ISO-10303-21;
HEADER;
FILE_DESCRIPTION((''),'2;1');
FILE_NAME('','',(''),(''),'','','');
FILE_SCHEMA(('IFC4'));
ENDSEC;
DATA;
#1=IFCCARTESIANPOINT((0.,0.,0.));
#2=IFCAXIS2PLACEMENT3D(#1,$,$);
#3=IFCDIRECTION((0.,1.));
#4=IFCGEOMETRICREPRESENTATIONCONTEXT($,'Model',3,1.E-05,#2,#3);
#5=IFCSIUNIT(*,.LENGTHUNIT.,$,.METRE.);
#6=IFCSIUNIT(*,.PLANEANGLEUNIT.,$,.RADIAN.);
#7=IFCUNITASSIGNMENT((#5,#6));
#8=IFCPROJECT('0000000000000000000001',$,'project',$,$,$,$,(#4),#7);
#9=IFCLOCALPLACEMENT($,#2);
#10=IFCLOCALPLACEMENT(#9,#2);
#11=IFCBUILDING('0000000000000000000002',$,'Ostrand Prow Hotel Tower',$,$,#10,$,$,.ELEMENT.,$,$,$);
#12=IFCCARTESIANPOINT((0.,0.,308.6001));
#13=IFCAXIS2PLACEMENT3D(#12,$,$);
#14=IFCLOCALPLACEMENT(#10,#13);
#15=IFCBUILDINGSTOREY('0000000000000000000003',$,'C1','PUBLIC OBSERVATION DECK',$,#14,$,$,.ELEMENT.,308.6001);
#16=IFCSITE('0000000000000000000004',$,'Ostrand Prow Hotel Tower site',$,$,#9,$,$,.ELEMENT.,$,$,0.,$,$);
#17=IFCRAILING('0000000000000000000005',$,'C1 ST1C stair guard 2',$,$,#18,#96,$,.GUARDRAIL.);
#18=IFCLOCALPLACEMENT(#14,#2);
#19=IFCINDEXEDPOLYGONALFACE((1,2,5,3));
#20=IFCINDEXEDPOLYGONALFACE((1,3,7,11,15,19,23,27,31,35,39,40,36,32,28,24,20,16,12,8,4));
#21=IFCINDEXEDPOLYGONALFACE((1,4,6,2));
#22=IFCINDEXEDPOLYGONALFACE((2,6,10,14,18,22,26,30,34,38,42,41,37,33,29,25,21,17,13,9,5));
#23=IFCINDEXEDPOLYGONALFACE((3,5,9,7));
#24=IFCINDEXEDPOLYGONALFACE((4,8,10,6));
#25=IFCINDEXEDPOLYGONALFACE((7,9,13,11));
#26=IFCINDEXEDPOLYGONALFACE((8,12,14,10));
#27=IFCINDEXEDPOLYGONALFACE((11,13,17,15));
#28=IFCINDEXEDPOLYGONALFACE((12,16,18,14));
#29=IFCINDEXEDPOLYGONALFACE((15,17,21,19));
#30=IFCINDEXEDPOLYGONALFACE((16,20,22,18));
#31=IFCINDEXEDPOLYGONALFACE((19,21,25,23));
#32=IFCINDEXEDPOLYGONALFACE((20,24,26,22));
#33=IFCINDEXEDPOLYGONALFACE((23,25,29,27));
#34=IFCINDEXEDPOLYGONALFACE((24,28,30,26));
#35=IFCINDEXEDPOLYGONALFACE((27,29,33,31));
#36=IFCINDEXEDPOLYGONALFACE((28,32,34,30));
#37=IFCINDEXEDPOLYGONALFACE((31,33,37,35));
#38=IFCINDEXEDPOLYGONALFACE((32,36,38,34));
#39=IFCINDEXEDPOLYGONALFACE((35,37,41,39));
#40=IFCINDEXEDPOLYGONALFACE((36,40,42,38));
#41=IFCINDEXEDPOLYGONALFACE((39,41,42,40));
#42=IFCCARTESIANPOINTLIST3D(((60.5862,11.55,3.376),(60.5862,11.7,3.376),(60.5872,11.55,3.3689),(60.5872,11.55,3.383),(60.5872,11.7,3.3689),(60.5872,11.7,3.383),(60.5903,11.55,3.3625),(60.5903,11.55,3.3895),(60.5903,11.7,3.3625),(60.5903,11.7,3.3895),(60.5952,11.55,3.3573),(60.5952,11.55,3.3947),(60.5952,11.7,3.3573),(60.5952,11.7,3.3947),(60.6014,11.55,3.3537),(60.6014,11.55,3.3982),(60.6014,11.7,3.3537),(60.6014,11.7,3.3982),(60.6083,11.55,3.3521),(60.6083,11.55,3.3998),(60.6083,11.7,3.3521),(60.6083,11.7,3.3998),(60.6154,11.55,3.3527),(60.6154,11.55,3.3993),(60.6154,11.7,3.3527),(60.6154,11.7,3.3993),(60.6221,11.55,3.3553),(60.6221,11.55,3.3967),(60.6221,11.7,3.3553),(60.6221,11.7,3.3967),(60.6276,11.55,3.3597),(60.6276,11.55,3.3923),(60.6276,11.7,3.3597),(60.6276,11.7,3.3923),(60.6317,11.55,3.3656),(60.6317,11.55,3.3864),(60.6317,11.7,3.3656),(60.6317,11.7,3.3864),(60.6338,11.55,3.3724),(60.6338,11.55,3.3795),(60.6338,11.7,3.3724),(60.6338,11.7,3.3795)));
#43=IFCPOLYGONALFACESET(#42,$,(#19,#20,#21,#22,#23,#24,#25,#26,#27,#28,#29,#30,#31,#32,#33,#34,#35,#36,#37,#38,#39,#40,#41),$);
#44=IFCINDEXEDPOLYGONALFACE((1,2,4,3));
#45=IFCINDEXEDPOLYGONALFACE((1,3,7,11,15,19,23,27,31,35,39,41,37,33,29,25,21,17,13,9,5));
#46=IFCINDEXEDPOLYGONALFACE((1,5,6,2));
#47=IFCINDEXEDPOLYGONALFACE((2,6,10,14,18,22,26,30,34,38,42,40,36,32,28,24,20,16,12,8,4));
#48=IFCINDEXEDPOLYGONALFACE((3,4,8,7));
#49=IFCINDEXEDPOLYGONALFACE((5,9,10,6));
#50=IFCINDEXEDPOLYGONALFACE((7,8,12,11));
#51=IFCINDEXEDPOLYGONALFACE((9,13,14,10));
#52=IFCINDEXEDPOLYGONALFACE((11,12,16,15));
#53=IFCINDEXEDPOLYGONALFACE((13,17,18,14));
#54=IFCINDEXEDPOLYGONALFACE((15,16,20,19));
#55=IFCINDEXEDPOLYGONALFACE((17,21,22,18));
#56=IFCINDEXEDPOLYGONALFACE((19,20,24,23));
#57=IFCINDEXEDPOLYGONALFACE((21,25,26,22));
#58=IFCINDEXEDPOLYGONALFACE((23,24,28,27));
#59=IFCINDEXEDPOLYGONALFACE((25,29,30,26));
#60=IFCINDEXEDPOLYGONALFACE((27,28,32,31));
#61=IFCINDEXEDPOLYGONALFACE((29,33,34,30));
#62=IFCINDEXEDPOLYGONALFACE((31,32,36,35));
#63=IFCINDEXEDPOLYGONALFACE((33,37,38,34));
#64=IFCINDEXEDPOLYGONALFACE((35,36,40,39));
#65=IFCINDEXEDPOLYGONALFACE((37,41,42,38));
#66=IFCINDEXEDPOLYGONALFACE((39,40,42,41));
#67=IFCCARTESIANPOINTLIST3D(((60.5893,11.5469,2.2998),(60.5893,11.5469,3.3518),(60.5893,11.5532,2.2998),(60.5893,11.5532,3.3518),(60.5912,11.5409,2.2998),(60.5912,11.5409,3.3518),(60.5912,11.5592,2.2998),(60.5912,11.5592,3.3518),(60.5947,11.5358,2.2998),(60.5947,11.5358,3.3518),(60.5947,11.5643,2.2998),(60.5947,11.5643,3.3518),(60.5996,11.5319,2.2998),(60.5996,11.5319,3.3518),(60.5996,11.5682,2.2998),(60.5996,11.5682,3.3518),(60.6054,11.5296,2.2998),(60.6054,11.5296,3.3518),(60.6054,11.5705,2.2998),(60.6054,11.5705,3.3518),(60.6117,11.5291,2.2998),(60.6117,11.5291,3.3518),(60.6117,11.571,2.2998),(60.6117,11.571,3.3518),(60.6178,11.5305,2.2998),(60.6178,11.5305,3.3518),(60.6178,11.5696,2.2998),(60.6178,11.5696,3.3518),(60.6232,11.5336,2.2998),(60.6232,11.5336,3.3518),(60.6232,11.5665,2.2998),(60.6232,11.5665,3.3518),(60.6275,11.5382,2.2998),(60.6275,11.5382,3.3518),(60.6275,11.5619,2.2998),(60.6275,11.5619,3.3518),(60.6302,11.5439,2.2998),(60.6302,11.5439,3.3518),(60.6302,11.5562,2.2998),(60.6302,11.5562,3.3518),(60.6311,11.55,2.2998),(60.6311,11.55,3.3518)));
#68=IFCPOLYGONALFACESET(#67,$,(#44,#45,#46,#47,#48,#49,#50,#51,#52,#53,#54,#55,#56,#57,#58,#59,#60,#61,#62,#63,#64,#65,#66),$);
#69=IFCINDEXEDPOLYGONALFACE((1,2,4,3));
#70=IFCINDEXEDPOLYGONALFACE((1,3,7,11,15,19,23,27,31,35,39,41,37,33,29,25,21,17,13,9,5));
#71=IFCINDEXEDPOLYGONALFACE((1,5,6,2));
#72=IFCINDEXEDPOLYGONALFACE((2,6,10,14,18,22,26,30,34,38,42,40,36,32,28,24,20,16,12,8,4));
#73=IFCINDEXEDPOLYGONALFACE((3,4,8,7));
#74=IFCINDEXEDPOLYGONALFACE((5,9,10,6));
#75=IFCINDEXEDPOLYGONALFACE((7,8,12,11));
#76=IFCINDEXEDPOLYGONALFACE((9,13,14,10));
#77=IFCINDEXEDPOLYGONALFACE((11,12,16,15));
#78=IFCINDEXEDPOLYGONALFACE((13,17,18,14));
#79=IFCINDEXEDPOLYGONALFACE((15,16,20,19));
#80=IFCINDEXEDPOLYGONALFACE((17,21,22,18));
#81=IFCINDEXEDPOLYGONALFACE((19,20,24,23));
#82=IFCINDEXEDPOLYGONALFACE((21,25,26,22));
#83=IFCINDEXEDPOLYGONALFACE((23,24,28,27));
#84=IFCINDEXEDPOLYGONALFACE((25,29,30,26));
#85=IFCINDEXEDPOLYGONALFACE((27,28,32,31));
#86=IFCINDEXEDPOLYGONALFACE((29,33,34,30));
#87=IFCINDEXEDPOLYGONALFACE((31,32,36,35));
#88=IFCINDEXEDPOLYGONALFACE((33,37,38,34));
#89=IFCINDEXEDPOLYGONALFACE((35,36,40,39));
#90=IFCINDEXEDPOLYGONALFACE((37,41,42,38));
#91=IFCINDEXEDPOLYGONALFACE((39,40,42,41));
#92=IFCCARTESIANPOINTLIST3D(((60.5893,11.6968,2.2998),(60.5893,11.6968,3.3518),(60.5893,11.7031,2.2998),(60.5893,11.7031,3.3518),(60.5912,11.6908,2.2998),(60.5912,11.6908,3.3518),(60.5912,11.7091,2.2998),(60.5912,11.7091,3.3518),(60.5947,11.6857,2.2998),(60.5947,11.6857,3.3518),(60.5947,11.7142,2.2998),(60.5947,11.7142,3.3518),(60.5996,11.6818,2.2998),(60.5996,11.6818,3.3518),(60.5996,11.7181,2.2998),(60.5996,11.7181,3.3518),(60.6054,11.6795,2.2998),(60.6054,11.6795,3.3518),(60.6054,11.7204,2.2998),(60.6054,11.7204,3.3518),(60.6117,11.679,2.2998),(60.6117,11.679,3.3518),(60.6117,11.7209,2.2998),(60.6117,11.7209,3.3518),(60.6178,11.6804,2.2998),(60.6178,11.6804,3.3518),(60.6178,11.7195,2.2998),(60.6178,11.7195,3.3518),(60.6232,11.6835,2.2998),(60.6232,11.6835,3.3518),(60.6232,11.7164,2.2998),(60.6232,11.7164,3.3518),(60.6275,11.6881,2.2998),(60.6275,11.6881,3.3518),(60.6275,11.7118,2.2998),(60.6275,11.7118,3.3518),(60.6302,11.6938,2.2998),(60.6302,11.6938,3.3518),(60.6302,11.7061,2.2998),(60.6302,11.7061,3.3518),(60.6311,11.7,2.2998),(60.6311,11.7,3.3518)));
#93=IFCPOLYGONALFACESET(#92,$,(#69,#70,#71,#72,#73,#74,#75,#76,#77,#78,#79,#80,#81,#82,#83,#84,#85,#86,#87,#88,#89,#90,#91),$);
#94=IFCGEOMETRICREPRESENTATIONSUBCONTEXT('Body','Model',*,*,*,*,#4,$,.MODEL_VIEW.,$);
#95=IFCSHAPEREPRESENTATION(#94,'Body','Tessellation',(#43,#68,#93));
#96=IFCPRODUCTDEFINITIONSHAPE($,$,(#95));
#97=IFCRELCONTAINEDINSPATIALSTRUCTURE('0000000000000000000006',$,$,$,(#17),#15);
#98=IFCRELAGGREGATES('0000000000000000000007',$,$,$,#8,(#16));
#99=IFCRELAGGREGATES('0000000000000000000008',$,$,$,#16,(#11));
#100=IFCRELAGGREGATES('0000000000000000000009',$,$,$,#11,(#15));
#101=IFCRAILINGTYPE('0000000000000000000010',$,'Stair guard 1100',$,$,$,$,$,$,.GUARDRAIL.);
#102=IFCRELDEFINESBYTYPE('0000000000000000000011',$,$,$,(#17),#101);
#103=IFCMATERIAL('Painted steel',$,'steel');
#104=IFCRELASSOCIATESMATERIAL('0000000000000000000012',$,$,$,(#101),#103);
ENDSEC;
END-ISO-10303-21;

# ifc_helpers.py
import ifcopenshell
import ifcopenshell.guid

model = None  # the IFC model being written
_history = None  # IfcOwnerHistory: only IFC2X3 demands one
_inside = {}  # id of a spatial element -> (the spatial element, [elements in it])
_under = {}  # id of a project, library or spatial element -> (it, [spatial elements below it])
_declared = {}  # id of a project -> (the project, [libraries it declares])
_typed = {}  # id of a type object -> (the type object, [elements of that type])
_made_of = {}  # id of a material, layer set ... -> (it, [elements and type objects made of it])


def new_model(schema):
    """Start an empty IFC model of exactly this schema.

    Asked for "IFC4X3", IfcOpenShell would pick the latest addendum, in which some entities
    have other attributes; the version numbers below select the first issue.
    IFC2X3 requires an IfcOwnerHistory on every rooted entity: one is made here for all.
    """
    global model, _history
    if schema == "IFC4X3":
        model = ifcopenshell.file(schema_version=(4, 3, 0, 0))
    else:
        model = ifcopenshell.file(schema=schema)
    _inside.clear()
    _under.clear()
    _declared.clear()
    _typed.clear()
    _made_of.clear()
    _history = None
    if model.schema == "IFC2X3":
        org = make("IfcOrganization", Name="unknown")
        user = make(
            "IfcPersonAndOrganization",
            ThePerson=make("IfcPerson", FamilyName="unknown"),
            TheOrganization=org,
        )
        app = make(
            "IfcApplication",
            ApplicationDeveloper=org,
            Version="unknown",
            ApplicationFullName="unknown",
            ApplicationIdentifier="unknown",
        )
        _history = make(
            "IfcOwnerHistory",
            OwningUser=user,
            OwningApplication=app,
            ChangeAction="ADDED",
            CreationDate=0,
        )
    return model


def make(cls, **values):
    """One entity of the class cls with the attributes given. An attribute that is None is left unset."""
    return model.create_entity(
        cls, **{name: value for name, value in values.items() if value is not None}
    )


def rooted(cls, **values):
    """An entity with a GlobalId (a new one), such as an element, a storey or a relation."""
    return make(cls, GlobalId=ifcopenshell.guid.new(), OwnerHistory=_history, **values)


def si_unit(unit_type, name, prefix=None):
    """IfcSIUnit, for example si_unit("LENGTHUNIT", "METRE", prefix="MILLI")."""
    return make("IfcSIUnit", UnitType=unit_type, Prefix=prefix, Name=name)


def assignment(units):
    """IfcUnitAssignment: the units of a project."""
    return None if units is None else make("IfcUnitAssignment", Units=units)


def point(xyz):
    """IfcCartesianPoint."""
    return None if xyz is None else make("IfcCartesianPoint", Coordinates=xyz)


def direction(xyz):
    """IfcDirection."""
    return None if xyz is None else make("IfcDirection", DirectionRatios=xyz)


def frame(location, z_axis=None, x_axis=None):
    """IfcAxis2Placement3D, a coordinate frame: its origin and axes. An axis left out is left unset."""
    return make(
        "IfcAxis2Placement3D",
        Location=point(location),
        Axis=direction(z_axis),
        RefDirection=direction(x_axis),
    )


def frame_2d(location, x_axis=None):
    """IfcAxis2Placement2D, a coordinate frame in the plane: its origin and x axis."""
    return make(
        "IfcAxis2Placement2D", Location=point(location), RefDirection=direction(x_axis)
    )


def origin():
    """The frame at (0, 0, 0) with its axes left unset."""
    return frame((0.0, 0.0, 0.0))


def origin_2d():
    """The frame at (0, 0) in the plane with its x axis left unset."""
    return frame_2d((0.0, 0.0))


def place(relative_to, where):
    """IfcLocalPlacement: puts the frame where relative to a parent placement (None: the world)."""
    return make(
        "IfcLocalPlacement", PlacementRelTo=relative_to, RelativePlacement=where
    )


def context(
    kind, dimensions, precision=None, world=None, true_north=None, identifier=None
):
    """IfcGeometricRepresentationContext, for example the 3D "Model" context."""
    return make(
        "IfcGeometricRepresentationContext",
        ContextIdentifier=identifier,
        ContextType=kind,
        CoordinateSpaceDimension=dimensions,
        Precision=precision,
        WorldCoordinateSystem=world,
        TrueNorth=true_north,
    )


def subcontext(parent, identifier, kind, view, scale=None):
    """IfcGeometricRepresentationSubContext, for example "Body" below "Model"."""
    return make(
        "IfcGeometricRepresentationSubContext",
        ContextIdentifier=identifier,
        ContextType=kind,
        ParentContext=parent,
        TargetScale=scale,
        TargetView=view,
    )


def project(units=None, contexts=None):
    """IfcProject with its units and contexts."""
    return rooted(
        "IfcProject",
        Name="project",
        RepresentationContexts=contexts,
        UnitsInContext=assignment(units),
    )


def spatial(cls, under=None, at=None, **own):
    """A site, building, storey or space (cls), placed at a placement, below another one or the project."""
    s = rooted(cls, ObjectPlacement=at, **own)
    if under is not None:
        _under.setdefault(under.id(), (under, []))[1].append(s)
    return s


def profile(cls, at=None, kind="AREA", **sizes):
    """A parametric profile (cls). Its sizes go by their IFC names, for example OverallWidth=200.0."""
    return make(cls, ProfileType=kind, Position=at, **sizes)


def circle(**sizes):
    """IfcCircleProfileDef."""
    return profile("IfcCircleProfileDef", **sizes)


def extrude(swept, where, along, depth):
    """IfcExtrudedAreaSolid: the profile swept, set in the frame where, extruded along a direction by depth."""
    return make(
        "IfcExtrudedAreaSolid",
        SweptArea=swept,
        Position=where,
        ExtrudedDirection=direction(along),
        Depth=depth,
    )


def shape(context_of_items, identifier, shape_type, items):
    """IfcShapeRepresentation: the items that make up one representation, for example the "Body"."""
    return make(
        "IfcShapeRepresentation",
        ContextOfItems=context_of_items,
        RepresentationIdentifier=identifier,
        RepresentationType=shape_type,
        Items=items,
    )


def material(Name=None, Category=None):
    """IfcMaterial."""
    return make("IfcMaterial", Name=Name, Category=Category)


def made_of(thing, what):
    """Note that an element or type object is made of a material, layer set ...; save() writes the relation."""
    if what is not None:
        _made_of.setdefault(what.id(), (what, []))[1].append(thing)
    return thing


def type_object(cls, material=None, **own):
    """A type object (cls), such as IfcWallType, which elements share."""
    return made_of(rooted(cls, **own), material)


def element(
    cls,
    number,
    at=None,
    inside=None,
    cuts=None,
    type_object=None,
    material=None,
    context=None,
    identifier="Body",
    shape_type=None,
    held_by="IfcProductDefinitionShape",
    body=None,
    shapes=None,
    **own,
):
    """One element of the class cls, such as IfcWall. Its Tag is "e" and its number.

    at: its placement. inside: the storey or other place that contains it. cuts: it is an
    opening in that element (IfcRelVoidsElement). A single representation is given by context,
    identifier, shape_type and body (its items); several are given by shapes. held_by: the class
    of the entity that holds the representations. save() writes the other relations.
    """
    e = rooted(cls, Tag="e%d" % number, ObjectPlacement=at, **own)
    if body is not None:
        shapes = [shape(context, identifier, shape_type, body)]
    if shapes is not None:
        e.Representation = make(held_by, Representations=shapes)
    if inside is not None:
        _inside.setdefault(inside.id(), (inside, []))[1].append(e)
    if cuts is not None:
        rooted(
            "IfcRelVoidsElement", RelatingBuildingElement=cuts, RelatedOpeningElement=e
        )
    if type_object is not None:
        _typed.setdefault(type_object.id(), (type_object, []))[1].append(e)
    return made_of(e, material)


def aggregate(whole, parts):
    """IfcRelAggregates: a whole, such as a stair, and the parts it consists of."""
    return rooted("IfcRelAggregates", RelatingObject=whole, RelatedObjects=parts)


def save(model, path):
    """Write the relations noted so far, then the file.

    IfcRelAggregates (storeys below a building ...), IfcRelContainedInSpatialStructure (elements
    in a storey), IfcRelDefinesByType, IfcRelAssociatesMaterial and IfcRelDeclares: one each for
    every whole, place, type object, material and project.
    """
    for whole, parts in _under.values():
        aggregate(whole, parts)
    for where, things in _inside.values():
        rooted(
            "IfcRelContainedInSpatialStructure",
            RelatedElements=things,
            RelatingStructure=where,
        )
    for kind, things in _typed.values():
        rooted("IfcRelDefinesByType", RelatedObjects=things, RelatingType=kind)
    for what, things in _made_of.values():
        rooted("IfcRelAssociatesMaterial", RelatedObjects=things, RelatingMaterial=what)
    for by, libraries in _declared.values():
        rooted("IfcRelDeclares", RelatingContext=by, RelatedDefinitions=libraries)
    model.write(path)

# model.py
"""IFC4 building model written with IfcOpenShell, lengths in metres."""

from ifc_helpers import new_model, si_unit, direction, frame, origin, origin_2d, place, context, subcontext, project, spatial, circle, extrude, material, type_object, element, save


model = new_model("IFC4")

# Units and contexts
model_context = context("Model", 3, precision=1e-05, world=origin(), true_north=direction((0.0, 1.0)))
body_context = subcontext(model_context, "Body", "Model", "MODEL_VIEW")
ifc_project = project(units=[si_unit("LENGTHUNIT", "METRE"), si_unit("PLANEANGLEUNIT", "RADIAN")], contexts=[model_context])

# Site, building, storey
site_placement = place(None, origin())
site = spatial("IfcSite", under=ifc_project, at=site_placement, Name="Ostrand Prow Hotel Tower site", CompositionType="ELEMENT", RefElevation=0.0)
building_placement = place(site_placement, origin())
building = spatial("IfcBuilding", under=site, at=building_placement, Name="Ostrand Prow Hotel Tower", CompositionType="ELEMENT")
storey_placement = place(building_placement, frame((0.0, 0.0, 308.6001)))
storey = spatial("IfcBuildingStorey", under=building, at=storey_placement, Name="C1", Description="PUBLIC OBSERVATION DECK", CompositionType="ELEMENT", Elevation=308.6001)

# Railing
ifc_material_1 = material(Name="Painted steel", Category="steel")
railing_type_1 = type_object("IfcRailingType", Name="Stair guard 1100", PredefinedType="GUARDRAIL", material=ifc_material_1)
railing_1_placement = place(storey_placement, frame((60.6101, 11.55, 2.2998)))
element("IfcRailing", 1, at=railing_1_placement, inside=storey, type_object=railing_type_1, Name="C1 ST1C stair guard 2", PredefinedType="GUARDRAIL", context=body_context, shape_type="SweptSolid", body=[
    extrude(circle(Radius=0.0239, at=origin_2d()), frame((0.0, 0.0, 1.0762), z_axis=(0.0, 1.0, 0.0), x_axis=(-1.0, 0.0, 0.0)), (0.0, 0.0, 1.0), 0.1499),
    extrude(circle(Radius=0.021, at=origin_2d()), origin(), (0.0, 0.0, 1.0), 1.052),
    extrude(circle(Radius=0.021, at=origin_2d()), frame((0.0, 0.1499, 0.0)), (0.0, 0.0, 1.0), 1.052),
])

save(model, "model.ifc")
